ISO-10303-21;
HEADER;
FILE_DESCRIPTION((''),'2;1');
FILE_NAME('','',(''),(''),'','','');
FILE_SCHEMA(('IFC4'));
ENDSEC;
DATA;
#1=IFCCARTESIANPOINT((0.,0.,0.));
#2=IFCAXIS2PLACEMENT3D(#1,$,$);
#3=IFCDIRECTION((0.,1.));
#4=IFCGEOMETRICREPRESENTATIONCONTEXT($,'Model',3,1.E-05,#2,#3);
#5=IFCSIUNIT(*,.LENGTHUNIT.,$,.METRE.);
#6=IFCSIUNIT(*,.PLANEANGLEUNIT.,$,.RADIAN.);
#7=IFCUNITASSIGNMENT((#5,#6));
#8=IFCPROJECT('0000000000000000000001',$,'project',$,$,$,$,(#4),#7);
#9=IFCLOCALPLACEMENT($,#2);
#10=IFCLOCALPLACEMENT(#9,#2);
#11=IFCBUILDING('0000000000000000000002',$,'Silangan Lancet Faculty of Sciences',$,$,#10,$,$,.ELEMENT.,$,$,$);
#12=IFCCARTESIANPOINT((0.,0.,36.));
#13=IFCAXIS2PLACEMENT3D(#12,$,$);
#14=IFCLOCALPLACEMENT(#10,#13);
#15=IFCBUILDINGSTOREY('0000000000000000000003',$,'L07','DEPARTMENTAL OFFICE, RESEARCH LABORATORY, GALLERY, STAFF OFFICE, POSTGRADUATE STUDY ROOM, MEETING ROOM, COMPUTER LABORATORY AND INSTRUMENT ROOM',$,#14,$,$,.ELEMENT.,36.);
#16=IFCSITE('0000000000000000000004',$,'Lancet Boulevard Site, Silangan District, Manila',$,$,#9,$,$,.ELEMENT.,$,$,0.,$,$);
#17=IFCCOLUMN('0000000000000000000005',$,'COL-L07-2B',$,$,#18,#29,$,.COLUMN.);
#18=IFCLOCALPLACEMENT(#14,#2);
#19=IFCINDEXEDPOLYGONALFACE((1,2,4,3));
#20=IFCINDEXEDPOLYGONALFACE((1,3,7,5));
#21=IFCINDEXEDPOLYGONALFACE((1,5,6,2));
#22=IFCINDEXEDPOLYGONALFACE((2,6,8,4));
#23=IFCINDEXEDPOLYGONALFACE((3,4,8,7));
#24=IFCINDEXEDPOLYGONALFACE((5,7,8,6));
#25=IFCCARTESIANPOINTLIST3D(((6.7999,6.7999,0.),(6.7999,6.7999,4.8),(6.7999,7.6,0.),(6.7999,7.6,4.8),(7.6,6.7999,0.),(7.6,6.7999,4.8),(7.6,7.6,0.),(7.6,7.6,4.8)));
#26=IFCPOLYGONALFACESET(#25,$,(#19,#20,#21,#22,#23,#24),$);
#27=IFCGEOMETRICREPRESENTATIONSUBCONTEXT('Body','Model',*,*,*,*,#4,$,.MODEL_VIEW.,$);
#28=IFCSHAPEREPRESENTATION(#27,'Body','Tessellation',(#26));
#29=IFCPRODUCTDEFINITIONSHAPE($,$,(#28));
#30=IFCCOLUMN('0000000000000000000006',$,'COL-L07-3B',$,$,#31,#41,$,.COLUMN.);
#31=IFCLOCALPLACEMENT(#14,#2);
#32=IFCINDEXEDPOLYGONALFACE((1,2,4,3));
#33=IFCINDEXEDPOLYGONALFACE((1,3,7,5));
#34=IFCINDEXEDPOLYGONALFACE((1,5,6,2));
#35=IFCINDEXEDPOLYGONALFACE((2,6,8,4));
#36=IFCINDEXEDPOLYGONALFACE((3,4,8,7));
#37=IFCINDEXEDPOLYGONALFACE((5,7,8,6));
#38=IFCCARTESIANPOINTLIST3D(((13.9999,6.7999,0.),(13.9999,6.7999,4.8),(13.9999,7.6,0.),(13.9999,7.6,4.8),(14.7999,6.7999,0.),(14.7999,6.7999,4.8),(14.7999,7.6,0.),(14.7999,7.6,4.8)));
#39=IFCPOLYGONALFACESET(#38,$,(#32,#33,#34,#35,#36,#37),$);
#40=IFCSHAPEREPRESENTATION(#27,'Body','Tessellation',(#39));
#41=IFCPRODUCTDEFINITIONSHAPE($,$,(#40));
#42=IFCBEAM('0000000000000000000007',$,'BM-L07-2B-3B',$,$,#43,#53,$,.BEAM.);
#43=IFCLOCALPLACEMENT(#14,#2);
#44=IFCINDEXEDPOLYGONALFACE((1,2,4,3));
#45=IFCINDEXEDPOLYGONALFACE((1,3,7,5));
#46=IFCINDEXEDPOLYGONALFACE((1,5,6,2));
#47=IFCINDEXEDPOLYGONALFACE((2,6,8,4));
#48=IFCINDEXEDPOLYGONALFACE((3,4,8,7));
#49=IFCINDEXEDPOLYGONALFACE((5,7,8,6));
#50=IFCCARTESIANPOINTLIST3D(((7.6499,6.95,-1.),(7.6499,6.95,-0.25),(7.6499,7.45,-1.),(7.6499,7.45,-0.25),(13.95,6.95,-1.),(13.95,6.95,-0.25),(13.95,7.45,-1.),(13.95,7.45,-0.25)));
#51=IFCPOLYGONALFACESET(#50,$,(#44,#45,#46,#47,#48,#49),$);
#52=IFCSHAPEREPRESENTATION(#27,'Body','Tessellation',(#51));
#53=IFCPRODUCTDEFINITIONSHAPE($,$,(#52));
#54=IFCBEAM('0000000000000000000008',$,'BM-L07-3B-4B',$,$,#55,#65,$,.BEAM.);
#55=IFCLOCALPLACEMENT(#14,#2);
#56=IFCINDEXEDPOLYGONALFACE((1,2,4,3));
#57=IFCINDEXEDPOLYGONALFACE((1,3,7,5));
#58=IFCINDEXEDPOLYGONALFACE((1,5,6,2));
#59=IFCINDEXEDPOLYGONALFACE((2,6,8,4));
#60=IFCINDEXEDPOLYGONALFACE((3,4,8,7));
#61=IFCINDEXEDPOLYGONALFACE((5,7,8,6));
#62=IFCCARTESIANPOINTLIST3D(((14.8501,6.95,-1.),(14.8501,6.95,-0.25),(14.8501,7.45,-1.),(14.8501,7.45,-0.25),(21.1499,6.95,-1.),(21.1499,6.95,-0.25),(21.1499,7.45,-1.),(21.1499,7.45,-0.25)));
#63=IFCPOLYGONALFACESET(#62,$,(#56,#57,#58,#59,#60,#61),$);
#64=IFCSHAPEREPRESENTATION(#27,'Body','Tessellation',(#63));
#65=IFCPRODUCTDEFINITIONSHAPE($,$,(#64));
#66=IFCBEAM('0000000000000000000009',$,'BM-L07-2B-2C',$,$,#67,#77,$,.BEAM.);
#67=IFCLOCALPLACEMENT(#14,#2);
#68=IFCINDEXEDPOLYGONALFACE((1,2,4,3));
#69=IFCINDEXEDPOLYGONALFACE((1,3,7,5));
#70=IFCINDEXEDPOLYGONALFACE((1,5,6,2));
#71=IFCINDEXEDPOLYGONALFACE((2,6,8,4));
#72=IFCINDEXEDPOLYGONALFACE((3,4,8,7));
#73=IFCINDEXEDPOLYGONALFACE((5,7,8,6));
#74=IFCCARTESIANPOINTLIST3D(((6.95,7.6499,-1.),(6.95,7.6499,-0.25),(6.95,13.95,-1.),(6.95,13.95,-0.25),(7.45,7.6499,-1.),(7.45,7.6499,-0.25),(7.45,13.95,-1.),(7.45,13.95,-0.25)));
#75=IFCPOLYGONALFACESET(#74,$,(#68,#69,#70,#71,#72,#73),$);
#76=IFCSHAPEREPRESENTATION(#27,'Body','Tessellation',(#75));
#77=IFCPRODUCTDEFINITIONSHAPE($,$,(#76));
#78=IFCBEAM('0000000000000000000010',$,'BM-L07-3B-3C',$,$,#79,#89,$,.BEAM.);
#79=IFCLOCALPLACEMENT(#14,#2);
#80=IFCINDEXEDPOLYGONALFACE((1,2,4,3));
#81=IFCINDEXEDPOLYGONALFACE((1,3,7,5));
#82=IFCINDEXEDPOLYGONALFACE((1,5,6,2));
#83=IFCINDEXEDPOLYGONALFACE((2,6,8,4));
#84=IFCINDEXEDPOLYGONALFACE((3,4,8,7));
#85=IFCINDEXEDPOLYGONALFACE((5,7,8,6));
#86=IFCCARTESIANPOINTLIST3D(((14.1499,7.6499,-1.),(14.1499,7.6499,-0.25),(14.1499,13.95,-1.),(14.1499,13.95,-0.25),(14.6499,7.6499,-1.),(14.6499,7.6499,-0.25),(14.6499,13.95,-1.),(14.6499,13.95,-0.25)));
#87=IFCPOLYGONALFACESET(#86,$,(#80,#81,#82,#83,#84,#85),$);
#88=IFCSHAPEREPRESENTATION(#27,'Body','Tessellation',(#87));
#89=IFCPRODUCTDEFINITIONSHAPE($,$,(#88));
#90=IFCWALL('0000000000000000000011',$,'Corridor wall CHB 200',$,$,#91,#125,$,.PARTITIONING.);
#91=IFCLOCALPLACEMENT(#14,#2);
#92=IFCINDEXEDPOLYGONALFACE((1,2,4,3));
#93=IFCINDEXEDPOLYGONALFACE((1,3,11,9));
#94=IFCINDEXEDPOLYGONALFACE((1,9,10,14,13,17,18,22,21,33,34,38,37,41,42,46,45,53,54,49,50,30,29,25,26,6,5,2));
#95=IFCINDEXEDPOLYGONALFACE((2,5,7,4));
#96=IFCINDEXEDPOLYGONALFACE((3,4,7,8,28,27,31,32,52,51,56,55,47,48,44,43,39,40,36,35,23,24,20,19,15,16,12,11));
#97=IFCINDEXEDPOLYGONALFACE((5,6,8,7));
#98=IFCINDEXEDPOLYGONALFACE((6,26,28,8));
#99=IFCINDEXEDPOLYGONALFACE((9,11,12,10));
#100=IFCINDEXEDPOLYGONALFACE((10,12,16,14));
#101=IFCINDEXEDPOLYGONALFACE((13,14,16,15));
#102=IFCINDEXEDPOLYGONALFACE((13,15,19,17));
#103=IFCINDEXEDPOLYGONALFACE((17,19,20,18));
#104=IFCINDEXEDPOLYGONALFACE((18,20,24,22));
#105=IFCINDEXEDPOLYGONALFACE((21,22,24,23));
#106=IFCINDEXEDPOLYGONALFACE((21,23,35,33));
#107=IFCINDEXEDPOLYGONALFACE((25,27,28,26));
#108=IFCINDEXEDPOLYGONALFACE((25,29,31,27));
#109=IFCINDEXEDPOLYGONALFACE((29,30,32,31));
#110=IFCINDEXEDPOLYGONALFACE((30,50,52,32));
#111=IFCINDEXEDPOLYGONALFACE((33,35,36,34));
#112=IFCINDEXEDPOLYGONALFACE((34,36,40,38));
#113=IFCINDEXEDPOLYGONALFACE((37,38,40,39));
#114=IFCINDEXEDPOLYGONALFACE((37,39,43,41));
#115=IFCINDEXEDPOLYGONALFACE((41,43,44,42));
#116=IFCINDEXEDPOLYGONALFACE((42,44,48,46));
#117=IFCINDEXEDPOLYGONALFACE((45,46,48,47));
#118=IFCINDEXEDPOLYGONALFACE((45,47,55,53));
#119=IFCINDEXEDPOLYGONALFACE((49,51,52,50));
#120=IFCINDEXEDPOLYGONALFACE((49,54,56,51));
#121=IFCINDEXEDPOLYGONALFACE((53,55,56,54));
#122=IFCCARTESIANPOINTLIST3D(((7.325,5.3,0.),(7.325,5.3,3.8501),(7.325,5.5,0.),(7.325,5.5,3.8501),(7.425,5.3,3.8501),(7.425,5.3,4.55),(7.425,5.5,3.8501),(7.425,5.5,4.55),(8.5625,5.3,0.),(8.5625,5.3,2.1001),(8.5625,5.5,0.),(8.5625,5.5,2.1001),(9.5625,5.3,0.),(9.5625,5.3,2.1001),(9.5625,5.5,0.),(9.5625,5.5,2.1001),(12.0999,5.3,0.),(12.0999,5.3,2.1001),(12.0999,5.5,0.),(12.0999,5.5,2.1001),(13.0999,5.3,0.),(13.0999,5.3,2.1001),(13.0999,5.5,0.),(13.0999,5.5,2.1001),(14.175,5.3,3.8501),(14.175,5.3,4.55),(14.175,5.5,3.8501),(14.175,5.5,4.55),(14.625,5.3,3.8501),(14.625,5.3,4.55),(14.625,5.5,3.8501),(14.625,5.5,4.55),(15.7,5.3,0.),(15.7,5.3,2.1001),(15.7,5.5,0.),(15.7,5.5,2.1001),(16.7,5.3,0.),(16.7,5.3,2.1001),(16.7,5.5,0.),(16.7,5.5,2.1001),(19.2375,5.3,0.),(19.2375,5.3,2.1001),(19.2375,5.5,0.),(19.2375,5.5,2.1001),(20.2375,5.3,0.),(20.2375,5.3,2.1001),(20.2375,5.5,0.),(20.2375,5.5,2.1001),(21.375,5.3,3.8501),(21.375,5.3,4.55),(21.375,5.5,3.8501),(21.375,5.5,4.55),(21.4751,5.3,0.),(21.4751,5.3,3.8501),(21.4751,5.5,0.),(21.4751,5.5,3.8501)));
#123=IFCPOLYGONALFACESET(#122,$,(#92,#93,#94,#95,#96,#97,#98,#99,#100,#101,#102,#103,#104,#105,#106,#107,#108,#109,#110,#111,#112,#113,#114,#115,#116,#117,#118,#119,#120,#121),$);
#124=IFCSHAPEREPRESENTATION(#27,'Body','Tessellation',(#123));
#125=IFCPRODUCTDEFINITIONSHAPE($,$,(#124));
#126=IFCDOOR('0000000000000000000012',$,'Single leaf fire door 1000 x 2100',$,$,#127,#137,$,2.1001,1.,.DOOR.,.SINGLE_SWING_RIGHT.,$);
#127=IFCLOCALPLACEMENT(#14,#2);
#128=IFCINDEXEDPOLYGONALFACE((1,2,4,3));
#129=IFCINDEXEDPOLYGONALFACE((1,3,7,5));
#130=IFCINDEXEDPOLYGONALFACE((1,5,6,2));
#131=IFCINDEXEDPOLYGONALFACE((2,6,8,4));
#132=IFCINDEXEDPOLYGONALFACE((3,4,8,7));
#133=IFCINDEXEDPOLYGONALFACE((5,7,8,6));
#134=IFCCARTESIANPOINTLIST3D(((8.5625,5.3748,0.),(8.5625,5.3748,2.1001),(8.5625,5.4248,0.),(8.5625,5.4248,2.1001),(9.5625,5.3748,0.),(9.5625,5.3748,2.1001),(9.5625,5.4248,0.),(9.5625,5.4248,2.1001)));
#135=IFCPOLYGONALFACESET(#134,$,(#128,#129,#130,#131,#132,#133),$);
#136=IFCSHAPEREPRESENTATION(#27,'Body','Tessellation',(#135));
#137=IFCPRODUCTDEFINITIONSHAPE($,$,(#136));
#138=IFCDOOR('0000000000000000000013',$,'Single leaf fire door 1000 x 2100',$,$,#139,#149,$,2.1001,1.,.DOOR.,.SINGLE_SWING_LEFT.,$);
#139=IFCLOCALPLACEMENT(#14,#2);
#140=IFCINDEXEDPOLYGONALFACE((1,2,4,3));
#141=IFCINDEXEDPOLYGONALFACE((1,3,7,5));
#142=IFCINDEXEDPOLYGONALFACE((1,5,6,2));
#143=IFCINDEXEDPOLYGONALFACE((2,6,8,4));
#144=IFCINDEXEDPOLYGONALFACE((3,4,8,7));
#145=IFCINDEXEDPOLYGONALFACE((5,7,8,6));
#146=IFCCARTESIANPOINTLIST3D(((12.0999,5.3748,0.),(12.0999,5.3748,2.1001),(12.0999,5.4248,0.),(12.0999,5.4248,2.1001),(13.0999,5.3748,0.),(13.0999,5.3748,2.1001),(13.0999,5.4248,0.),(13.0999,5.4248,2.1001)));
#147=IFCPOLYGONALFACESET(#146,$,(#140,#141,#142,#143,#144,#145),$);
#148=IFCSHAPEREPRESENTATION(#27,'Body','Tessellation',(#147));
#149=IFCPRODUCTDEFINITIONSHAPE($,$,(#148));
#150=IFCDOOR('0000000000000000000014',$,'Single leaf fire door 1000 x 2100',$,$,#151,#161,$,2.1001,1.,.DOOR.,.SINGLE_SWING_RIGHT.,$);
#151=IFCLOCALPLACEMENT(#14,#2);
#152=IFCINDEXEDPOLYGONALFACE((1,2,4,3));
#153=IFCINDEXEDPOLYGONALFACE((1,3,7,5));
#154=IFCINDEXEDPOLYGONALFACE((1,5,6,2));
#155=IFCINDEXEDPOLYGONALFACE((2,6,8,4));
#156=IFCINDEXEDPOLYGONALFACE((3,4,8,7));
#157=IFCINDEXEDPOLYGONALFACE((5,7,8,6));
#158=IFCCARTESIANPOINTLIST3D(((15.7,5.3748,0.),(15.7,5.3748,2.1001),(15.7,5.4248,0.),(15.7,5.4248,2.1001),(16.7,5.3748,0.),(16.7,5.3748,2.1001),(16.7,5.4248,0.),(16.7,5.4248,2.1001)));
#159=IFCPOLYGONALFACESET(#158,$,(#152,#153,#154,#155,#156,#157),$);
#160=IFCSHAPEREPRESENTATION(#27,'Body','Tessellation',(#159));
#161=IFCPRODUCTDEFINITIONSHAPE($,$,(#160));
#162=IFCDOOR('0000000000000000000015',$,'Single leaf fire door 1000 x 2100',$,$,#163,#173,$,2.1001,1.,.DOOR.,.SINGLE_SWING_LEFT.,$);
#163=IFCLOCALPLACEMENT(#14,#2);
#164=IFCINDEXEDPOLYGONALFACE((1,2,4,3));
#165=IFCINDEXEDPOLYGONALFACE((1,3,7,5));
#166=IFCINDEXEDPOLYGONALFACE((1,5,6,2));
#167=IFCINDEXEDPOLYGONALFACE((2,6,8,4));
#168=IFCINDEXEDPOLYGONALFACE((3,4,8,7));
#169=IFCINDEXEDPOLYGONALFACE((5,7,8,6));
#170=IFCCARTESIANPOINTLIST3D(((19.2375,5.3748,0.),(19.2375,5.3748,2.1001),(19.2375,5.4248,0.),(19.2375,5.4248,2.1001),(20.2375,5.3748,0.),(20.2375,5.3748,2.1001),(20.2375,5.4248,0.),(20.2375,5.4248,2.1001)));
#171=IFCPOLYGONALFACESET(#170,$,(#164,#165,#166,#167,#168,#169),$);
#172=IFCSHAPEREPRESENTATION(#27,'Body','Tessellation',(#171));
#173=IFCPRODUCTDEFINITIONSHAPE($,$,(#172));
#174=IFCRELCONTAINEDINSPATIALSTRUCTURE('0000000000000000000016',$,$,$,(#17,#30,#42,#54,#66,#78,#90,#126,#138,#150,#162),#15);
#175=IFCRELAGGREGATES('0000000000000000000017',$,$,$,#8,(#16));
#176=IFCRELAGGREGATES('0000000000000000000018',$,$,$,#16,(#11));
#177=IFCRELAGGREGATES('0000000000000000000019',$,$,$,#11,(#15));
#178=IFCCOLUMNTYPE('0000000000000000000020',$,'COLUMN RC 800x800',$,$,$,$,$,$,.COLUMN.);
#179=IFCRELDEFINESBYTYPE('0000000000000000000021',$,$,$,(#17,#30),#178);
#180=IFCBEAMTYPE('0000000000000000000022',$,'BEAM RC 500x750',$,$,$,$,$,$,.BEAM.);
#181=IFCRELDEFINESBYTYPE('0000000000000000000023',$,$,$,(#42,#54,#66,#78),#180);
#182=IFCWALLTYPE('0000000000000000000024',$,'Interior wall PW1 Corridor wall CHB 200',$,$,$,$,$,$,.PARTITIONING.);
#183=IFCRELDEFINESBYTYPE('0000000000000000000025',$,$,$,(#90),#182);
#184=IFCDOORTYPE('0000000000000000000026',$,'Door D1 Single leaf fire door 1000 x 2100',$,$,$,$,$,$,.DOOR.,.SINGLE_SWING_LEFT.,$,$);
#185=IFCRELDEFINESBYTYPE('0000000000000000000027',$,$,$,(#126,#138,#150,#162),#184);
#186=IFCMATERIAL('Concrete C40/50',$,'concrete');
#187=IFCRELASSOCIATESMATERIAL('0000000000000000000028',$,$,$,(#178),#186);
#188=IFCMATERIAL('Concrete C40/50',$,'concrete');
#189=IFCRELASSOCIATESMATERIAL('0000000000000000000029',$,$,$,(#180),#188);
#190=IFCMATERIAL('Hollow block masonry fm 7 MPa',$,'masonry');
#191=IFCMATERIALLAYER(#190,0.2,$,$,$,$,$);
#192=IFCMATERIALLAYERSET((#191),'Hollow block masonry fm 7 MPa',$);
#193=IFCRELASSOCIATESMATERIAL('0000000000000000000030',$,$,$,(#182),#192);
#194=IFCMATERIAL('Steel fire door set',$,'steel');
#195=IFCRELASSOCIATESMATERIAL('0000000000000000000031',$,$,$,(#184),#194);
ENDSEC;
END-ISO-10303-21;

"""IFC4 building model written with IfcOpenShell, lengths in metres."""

from ifc_helpers import new_model, si_unit, direction, frame, frame_2d, origin, origin_2d, place, context, subcontext, project, spatial, polyline, rectangle, outline, extrude, material, layer, layer_set, material_profile, profile_set, type_object, element, fill, save


model = new_model("IFC4")

# Units and contexts
model_context = context("Model", 3, precision=1e-05, world=origin(), true_north=direction((0.0, 1.0)))
body_context = subcontext(model_context, "Body", "Model", "MODEL_VIEW")
ifc_project = project(units=[si_unit("LENGTHUNIT", "METRE"), si_unit("PLANEANGLEUNIT", "RADIAN")], contexts=[model_context])

# Site, building, storey
site_placement = place(None, origin())
site = spatial("IfcSite", under=ifc_project, at=site_placement, Name="Lancet Boulevard Site, Silangan District, Manila", CompositionType="ELEMENT", RefElevation=0.0)
building_placement = place(site_placement, origin())
building = spatial("IfcBuilding", under=site, at=building_placement, Name="Silangan Lancet Faculty of Sciences", CompositionType="ELEMENT")
storey_placement = place(building_placement, frame((0.0, 0.0, 36.0)))
storey = spatial("IfcBuildingStorey", under=building, at=storey_placement, Name="L07", Description="DEPARTMENTAL OFFICE, RESEARCH LABORATORY, GALLERY, STAFF OFFICE, POSTGRADUATE STUDY ROOM, MEETING ROOM, COMPUTER LABORATORY AND INSTRUMENT ROOM", CompositionType="ELEMENT", Elevation=36.0)

# Columns
ifc_material_1 = material(Name="Concrete C40/50", Category="concrete")
ifc_material_profile_1 = material_profile(ifc_material_1, rectangle(XDim=0.8, YDim=0.8, at=origin_2d()), Name="RC 800x800")
ifc_profile_set_1 = profile_set([ifc_material_profile_1], Name="Concrete C40/50")
column_type = type_object("IfcColumnType", Name="COLUMN RC 800x800", PredefinedType="COLUMN", material=ifc_profile_set_1)
for number, where, z_axis, x_axis, name in (
    (1, (7.2, 7.2, 0.0), (0.0, 0.0, 1.0), (1.0, 0.0, 0.0), "COL-L07-2B"),
    (2, (14.3999, 7.2, 0.0), (0.0, 0.0, 1.0), (1.0, 0.0, 0.0), "COL-L07-3B"),
):
    element("IfcColumn", number, at=place(storey_placement, frame(where, z_axis=z_axis, x_axis=x_axis)), inside=storey, type_object=column_type, Name=name, PredefinedType="COLUMN", context=body_context, shape_type="SweptSolid", body=[
        extrude(rectangle(XDim=0.8, YDim=0.8, at=origin_2d()), origin(), (0.0, 0.0, 1.0), 4.8),
    ])

# Beams
ifc_material_2 = material(Name="Concrete C40/50", Category="concrete")
ifc_material_profile_2 = material_profile(ifc_material_2, rectangle(XDim=0.5, YDim=0.75, at=origin_2d()), Name="RC 500x750")
ifc_profile_set_2 = profile_set([ifc_material_profile_2], Name="Concrete C40/50")
beam_type = type_object("IfcBeamType", Name="BEAM RC 500x750", PredefinedType="BEAM", material=ifc_profile_set_2)
beam_1_placement = place(storey_placement, frame((7.6499, 7.2, -0.625), z_axis=(1.0, 0.0, 0.0), x_axis=(0.0, 1.0, 0.0)))
element("IfcBeam", 3, at=beam_1_placement, inside=storey, type_object=beam_type, Name="BM-L07-2B-3B", PredefinedType="BEAM", context=body_context, shape_type="SweptSolid", body=[
    extrude(rectangle(XDim=0.5, YDim=0.75, at=origin_2d()), origin(), (0.0, 0.0, 1.0), 6.3),
])
beam_2_placement = place(storey_placement, frame((14.8501, 7.2, -0.625), z_axis=(1.0, 0.0, 0.0), x_axis=(0.0, 1.0, 0.0)))
element("IfcBeam", 4, at=beam_2_placement, inside=storey, type_object=beam_type, Name="BM-L07-3B-4B", PredefinedType="BEAM", context=body_context, shape_type="SweptSolid", body=[
    extrude(rectangle(XDim=0.5, YDim=0.75, at=origin_2d()), origin(), (0.0, 0.0, 1.0), 6.2998),
])
for number, where, z_axis, x_axis, name in (
    (5, (7.2, 7.6499, -0.625), (0.0, 1.0, 0.0), (-1.0, 0.0, 0.0), "BM-L07-2B-2C"),
    (6, (14.3999, 7.6499, -0.625), (0.0, 1.0, 0.0), (-1.0, 0.0, 0.0), "BM-L07-3B-3C"),
):
    element("IfcBeam", number, at=place(storey_placement, frame(where, z_axis=z_axis, x_axis=x_axis)), inside=storey, type_object=beam_type, Name=name, PredefinedType="BEAM", context=body_context, shape_type="SweptSolid", body=[
        extrude(rectangle(XDim=0.5, YDim=0.75, at=origin_2d()), origin(), (0.0, 0.0, 1.0), 6.3),
    ])

# Wall, openings, doors
ifc_material_3 = material(Name="Hollow block masonry fm 7 MPa", Category="masonry")
ifc_layer_1 = layer(ifc_material_3, 0.2)
ifc_layer_set_1 = layer_set([ifc_layer_1], Name="Hollow block masonry fm 7 MPa")
wall_type_1 = type_object("IfcWallType", Name="Interior wall PW1 Corridor wall CHB 200", PredefinedType="PARTITIONING", material=ifc_layer_set_1)
wall_1_placement = place(storey_placement, frame((7.325, 5.3999, 0.0), z_axis=(0.0, 0.0, 1.0), x_axis=(1.0, 0.0, 0.0)))
wall_1 = element("IfcWall", 7, at=wall_1_placement, inside=storey, type_object=wall_type_1, Name="Corridor wall CHB 200", PredefinedType="PARTITIONING", context=body_context, shape_type="SweptSolid", body=[
    extrude(outline(polyline([(0.0, 0.0), (14.1501, 0.0), (14.1501, 3.8501), (14.05, 3.8501), (14.05, 4.55), (7.3, 4.55), (7.3, 3.8501), (6.8501, 3.8501), (6.8501, 4.55), (0.1001, 4.55), (0.1001, 3.8501), (0.0, 3.8501), (0.0, 0.0)])), frame((0.0, 0.1001, 0.0), z_axis=(0.0, -1.0, 0.0), x_axis=(1.0, 0.0, 0.0)), (0.0, 0.0, 1.0), 0.2),
])
opening_1_placement = place(wall_1_placement, frame((1.2375, 0.0, 0.0)))
opening_1 = element("IfcOpeningElement", 8, at=opening_1_placement, cuts=wall_1, PredefinedType="OPENING", context=body_context, shape_type="SweptSolid", body=[
    extrude(rectangle(XDim=1.0, YDim=2.1001, at=frame_2d((0.5, 1.05))), frame((0.0, 0.1099, 0.0), z_axis=(0.0, -1.0, 0.0), x_axis=(1.0, 0.0, 0.0)), (0.0, 0.0, 1.0), 0.22),
])
opening_2_placement = place(wall_1_placement, frame((4.7749, 0.0, 0.0)))
opening_2 = element("IfcOpeningElement", 9, at=opening_2_placement, cuts=wall_1, PredefinedType="OPENING", context=body_context, shape_type="SweptSolid", body=[
    extrude(rectangle(XDim=1.0, YDim=2.1001, at=frame_2d((0.5, 1.05))), frame((0.0, 0.1099, 0.0), z_axis=(0.0, -1.0, 0.0), x_axis=(1.0, 0.0, 0.0)), (0.0, 0.0, 1.0), 0.22),
])
opening_3_placement = place(wall_1_placement, frame((8.375, 0.0, 0.0)))
opening_3 = element("IfcOpeningElement", 10, at=opening_3_placement, cuts=wall_1, PredefinedType="OPENING", context=body_context, shape_type="SweptSolid", body=[
    extrude(rectangle(XDim=1.0, YDim=2.1001, at=frame_2d((0.5, 1.05))), frame((0.0, 0.1099, 0.0), z_axis=(0.0, -1.0, 0.0), x_axis=(1.0, 0.0, 0.0)), (0.0, 0.0, 1.0), 0.22),
])
opening_4_placement = place(wall_1_placement, frame((11.9126, 0.0, 0.0)))
opening_4 = element("IfcOpeningElement", 11, at=opening_4_placement, cuts=wall_1, PredefinedType="OPENING", context=body_context, shape_type="SweptSolid", body=[
    extrude(rectangle(XDim=1.0, YDim=2.1001, at=frame_2d((0.5, 1.05))), frame((0.0, 0.1099, 0.0), z_axis=(0.0, -1.0, 0.0), x_axis=(1.0, 0.0, 0.0)), (0.0, 0.0, 1.0), 0.22),
])
ifc_material_4 = material(Name="Steel fire door set", Category="steel")
door_type_1 = type_object("IfcDoorType", Name="Door D1 Single leaf fire door 1000 x 2100", OperationType="SINGLE_SWING_LEFT", PredefinedType="DOOR", material=ifc_material_4)
door_1_placement = place(opening_1_placement, frame((1.0, 0.0, 0.0), z_axis=(0.0, 0.0, 1.0), x_axis=(-1.0, 0.0, 0.0)))
door_1 = element("IfcDoor", 12, at=door_1_placement, inside=storey, type_object=door_type_1, Name="Single leaf fire door 1000 x 2100", OperationType="SINGLE_SWING_RIGHT", OverallHeight=2.1001, OverallWidth=1.0, PredefinedType="DOOR", context=body_context, shape_type="SweptSolid", body=[
    extrude(rectangle(XDim=1.0, YDim=2.1001, at=frame_2d((0.5, 1.05))), frame((0.0, 0.0251, 0.0), z_axis=(0.0, -1.0, 0.0), x_axis=(1.0, 0.0, 0.0)), (0.0, 0.0, 1.0), 0.05),
])
fill(opening_1, door_1)
door_2_placement = place(opening_2_placement, frame((1.0, 0.0, 0.0), z_axis=(0.0, 0.0, 1.0), x_axis=(-1.0, 0.0, 0.0)))
door_2 = element("IfcDoor", 13, at=door_2_placement, inside=storey, type_object=door_type_1, Name="Single leaf fire door 1000 x 2100", OperationType="SINGLE_SWING_LEFT", OverallHeight=2.1001, OverallWidth=1.0, PredefinedType="DOOR", context=body_context, shape_type="SweptSolid", body=[
    extrude(rectangle(XDim=1.0, YDim=2.1001, at=frame_2d((0.5, 1.05))), frame((0.0, 0.0251, 0.0), z_axis=(0.0, -1.0, 0.0), x_axis=(1.0, 0.0, 0.0)), (0.0, 0.0, 1.0), 0.05),
])
fill(opening_2, door_2)
door_3_placement = place(opening_3_placement, frame((1.0, 0.0, 0.0), z_axis=(0.0, 0.0, 1.0), x_axis=(-1.0, 0.0, 0.0)))
door_3 = element("IfcDoor", 14, at=door_3_placement, inside=storey, type_object=door_type_1, Name="Single leaf fire door 1000 x 2100", OperationType="SINGLE_SWING_RIGHT", OverallHeight=2.1001, OverallWidth=1.0, PredefinedType="DOOR", context=body_context, shape_type="SweptSolid", body=[
    extrude(rectangle(XDim=1.0, YDim=2.1001, at=frame_2d((0.5, 1.05))), frame((0.0, 0.0251, 0.0), z_axis=(0.0, -1.0, 0.0), x_axis=(1.0, 0.0, 0.0)), (0.0, 0.0, 1.0), 0.05),
])
fill(opening_3, door_3)
door_4_placement = place(opening_4_placement, frame((1.0, 0.0, 0.0), z_axis=(0.0, 0.0, 1.0), x_axis=(-1.0, 0.0, 0.0)))
door_4 = element("IfcDoor", 15, at=door_4_placement, inside=storey, type_object=door_type_1, Name="Single leaf fire door 1000 x 2100", OperationType="SINGLE_SWING_LEFT", OverallHeight=2.1001, OverallWidth=1.0, PredefinedType="DOOR", context=body_context, shape_type="SweptSolid", body=[
    extrude(rectangle(XDim=1.0, YDim=2.1001, at=frame_2d((0.5, 1.05))), frame((0.0, 0.0251, 0.0), z_axis=(0.0, -1.0, 0.0), x_axis=(1.0, 0.0, 0.0)), (0.0, 0.0, 1.0), 0.05),
])
fill(opening_4, door_4)

save(model, "model.ifc")
